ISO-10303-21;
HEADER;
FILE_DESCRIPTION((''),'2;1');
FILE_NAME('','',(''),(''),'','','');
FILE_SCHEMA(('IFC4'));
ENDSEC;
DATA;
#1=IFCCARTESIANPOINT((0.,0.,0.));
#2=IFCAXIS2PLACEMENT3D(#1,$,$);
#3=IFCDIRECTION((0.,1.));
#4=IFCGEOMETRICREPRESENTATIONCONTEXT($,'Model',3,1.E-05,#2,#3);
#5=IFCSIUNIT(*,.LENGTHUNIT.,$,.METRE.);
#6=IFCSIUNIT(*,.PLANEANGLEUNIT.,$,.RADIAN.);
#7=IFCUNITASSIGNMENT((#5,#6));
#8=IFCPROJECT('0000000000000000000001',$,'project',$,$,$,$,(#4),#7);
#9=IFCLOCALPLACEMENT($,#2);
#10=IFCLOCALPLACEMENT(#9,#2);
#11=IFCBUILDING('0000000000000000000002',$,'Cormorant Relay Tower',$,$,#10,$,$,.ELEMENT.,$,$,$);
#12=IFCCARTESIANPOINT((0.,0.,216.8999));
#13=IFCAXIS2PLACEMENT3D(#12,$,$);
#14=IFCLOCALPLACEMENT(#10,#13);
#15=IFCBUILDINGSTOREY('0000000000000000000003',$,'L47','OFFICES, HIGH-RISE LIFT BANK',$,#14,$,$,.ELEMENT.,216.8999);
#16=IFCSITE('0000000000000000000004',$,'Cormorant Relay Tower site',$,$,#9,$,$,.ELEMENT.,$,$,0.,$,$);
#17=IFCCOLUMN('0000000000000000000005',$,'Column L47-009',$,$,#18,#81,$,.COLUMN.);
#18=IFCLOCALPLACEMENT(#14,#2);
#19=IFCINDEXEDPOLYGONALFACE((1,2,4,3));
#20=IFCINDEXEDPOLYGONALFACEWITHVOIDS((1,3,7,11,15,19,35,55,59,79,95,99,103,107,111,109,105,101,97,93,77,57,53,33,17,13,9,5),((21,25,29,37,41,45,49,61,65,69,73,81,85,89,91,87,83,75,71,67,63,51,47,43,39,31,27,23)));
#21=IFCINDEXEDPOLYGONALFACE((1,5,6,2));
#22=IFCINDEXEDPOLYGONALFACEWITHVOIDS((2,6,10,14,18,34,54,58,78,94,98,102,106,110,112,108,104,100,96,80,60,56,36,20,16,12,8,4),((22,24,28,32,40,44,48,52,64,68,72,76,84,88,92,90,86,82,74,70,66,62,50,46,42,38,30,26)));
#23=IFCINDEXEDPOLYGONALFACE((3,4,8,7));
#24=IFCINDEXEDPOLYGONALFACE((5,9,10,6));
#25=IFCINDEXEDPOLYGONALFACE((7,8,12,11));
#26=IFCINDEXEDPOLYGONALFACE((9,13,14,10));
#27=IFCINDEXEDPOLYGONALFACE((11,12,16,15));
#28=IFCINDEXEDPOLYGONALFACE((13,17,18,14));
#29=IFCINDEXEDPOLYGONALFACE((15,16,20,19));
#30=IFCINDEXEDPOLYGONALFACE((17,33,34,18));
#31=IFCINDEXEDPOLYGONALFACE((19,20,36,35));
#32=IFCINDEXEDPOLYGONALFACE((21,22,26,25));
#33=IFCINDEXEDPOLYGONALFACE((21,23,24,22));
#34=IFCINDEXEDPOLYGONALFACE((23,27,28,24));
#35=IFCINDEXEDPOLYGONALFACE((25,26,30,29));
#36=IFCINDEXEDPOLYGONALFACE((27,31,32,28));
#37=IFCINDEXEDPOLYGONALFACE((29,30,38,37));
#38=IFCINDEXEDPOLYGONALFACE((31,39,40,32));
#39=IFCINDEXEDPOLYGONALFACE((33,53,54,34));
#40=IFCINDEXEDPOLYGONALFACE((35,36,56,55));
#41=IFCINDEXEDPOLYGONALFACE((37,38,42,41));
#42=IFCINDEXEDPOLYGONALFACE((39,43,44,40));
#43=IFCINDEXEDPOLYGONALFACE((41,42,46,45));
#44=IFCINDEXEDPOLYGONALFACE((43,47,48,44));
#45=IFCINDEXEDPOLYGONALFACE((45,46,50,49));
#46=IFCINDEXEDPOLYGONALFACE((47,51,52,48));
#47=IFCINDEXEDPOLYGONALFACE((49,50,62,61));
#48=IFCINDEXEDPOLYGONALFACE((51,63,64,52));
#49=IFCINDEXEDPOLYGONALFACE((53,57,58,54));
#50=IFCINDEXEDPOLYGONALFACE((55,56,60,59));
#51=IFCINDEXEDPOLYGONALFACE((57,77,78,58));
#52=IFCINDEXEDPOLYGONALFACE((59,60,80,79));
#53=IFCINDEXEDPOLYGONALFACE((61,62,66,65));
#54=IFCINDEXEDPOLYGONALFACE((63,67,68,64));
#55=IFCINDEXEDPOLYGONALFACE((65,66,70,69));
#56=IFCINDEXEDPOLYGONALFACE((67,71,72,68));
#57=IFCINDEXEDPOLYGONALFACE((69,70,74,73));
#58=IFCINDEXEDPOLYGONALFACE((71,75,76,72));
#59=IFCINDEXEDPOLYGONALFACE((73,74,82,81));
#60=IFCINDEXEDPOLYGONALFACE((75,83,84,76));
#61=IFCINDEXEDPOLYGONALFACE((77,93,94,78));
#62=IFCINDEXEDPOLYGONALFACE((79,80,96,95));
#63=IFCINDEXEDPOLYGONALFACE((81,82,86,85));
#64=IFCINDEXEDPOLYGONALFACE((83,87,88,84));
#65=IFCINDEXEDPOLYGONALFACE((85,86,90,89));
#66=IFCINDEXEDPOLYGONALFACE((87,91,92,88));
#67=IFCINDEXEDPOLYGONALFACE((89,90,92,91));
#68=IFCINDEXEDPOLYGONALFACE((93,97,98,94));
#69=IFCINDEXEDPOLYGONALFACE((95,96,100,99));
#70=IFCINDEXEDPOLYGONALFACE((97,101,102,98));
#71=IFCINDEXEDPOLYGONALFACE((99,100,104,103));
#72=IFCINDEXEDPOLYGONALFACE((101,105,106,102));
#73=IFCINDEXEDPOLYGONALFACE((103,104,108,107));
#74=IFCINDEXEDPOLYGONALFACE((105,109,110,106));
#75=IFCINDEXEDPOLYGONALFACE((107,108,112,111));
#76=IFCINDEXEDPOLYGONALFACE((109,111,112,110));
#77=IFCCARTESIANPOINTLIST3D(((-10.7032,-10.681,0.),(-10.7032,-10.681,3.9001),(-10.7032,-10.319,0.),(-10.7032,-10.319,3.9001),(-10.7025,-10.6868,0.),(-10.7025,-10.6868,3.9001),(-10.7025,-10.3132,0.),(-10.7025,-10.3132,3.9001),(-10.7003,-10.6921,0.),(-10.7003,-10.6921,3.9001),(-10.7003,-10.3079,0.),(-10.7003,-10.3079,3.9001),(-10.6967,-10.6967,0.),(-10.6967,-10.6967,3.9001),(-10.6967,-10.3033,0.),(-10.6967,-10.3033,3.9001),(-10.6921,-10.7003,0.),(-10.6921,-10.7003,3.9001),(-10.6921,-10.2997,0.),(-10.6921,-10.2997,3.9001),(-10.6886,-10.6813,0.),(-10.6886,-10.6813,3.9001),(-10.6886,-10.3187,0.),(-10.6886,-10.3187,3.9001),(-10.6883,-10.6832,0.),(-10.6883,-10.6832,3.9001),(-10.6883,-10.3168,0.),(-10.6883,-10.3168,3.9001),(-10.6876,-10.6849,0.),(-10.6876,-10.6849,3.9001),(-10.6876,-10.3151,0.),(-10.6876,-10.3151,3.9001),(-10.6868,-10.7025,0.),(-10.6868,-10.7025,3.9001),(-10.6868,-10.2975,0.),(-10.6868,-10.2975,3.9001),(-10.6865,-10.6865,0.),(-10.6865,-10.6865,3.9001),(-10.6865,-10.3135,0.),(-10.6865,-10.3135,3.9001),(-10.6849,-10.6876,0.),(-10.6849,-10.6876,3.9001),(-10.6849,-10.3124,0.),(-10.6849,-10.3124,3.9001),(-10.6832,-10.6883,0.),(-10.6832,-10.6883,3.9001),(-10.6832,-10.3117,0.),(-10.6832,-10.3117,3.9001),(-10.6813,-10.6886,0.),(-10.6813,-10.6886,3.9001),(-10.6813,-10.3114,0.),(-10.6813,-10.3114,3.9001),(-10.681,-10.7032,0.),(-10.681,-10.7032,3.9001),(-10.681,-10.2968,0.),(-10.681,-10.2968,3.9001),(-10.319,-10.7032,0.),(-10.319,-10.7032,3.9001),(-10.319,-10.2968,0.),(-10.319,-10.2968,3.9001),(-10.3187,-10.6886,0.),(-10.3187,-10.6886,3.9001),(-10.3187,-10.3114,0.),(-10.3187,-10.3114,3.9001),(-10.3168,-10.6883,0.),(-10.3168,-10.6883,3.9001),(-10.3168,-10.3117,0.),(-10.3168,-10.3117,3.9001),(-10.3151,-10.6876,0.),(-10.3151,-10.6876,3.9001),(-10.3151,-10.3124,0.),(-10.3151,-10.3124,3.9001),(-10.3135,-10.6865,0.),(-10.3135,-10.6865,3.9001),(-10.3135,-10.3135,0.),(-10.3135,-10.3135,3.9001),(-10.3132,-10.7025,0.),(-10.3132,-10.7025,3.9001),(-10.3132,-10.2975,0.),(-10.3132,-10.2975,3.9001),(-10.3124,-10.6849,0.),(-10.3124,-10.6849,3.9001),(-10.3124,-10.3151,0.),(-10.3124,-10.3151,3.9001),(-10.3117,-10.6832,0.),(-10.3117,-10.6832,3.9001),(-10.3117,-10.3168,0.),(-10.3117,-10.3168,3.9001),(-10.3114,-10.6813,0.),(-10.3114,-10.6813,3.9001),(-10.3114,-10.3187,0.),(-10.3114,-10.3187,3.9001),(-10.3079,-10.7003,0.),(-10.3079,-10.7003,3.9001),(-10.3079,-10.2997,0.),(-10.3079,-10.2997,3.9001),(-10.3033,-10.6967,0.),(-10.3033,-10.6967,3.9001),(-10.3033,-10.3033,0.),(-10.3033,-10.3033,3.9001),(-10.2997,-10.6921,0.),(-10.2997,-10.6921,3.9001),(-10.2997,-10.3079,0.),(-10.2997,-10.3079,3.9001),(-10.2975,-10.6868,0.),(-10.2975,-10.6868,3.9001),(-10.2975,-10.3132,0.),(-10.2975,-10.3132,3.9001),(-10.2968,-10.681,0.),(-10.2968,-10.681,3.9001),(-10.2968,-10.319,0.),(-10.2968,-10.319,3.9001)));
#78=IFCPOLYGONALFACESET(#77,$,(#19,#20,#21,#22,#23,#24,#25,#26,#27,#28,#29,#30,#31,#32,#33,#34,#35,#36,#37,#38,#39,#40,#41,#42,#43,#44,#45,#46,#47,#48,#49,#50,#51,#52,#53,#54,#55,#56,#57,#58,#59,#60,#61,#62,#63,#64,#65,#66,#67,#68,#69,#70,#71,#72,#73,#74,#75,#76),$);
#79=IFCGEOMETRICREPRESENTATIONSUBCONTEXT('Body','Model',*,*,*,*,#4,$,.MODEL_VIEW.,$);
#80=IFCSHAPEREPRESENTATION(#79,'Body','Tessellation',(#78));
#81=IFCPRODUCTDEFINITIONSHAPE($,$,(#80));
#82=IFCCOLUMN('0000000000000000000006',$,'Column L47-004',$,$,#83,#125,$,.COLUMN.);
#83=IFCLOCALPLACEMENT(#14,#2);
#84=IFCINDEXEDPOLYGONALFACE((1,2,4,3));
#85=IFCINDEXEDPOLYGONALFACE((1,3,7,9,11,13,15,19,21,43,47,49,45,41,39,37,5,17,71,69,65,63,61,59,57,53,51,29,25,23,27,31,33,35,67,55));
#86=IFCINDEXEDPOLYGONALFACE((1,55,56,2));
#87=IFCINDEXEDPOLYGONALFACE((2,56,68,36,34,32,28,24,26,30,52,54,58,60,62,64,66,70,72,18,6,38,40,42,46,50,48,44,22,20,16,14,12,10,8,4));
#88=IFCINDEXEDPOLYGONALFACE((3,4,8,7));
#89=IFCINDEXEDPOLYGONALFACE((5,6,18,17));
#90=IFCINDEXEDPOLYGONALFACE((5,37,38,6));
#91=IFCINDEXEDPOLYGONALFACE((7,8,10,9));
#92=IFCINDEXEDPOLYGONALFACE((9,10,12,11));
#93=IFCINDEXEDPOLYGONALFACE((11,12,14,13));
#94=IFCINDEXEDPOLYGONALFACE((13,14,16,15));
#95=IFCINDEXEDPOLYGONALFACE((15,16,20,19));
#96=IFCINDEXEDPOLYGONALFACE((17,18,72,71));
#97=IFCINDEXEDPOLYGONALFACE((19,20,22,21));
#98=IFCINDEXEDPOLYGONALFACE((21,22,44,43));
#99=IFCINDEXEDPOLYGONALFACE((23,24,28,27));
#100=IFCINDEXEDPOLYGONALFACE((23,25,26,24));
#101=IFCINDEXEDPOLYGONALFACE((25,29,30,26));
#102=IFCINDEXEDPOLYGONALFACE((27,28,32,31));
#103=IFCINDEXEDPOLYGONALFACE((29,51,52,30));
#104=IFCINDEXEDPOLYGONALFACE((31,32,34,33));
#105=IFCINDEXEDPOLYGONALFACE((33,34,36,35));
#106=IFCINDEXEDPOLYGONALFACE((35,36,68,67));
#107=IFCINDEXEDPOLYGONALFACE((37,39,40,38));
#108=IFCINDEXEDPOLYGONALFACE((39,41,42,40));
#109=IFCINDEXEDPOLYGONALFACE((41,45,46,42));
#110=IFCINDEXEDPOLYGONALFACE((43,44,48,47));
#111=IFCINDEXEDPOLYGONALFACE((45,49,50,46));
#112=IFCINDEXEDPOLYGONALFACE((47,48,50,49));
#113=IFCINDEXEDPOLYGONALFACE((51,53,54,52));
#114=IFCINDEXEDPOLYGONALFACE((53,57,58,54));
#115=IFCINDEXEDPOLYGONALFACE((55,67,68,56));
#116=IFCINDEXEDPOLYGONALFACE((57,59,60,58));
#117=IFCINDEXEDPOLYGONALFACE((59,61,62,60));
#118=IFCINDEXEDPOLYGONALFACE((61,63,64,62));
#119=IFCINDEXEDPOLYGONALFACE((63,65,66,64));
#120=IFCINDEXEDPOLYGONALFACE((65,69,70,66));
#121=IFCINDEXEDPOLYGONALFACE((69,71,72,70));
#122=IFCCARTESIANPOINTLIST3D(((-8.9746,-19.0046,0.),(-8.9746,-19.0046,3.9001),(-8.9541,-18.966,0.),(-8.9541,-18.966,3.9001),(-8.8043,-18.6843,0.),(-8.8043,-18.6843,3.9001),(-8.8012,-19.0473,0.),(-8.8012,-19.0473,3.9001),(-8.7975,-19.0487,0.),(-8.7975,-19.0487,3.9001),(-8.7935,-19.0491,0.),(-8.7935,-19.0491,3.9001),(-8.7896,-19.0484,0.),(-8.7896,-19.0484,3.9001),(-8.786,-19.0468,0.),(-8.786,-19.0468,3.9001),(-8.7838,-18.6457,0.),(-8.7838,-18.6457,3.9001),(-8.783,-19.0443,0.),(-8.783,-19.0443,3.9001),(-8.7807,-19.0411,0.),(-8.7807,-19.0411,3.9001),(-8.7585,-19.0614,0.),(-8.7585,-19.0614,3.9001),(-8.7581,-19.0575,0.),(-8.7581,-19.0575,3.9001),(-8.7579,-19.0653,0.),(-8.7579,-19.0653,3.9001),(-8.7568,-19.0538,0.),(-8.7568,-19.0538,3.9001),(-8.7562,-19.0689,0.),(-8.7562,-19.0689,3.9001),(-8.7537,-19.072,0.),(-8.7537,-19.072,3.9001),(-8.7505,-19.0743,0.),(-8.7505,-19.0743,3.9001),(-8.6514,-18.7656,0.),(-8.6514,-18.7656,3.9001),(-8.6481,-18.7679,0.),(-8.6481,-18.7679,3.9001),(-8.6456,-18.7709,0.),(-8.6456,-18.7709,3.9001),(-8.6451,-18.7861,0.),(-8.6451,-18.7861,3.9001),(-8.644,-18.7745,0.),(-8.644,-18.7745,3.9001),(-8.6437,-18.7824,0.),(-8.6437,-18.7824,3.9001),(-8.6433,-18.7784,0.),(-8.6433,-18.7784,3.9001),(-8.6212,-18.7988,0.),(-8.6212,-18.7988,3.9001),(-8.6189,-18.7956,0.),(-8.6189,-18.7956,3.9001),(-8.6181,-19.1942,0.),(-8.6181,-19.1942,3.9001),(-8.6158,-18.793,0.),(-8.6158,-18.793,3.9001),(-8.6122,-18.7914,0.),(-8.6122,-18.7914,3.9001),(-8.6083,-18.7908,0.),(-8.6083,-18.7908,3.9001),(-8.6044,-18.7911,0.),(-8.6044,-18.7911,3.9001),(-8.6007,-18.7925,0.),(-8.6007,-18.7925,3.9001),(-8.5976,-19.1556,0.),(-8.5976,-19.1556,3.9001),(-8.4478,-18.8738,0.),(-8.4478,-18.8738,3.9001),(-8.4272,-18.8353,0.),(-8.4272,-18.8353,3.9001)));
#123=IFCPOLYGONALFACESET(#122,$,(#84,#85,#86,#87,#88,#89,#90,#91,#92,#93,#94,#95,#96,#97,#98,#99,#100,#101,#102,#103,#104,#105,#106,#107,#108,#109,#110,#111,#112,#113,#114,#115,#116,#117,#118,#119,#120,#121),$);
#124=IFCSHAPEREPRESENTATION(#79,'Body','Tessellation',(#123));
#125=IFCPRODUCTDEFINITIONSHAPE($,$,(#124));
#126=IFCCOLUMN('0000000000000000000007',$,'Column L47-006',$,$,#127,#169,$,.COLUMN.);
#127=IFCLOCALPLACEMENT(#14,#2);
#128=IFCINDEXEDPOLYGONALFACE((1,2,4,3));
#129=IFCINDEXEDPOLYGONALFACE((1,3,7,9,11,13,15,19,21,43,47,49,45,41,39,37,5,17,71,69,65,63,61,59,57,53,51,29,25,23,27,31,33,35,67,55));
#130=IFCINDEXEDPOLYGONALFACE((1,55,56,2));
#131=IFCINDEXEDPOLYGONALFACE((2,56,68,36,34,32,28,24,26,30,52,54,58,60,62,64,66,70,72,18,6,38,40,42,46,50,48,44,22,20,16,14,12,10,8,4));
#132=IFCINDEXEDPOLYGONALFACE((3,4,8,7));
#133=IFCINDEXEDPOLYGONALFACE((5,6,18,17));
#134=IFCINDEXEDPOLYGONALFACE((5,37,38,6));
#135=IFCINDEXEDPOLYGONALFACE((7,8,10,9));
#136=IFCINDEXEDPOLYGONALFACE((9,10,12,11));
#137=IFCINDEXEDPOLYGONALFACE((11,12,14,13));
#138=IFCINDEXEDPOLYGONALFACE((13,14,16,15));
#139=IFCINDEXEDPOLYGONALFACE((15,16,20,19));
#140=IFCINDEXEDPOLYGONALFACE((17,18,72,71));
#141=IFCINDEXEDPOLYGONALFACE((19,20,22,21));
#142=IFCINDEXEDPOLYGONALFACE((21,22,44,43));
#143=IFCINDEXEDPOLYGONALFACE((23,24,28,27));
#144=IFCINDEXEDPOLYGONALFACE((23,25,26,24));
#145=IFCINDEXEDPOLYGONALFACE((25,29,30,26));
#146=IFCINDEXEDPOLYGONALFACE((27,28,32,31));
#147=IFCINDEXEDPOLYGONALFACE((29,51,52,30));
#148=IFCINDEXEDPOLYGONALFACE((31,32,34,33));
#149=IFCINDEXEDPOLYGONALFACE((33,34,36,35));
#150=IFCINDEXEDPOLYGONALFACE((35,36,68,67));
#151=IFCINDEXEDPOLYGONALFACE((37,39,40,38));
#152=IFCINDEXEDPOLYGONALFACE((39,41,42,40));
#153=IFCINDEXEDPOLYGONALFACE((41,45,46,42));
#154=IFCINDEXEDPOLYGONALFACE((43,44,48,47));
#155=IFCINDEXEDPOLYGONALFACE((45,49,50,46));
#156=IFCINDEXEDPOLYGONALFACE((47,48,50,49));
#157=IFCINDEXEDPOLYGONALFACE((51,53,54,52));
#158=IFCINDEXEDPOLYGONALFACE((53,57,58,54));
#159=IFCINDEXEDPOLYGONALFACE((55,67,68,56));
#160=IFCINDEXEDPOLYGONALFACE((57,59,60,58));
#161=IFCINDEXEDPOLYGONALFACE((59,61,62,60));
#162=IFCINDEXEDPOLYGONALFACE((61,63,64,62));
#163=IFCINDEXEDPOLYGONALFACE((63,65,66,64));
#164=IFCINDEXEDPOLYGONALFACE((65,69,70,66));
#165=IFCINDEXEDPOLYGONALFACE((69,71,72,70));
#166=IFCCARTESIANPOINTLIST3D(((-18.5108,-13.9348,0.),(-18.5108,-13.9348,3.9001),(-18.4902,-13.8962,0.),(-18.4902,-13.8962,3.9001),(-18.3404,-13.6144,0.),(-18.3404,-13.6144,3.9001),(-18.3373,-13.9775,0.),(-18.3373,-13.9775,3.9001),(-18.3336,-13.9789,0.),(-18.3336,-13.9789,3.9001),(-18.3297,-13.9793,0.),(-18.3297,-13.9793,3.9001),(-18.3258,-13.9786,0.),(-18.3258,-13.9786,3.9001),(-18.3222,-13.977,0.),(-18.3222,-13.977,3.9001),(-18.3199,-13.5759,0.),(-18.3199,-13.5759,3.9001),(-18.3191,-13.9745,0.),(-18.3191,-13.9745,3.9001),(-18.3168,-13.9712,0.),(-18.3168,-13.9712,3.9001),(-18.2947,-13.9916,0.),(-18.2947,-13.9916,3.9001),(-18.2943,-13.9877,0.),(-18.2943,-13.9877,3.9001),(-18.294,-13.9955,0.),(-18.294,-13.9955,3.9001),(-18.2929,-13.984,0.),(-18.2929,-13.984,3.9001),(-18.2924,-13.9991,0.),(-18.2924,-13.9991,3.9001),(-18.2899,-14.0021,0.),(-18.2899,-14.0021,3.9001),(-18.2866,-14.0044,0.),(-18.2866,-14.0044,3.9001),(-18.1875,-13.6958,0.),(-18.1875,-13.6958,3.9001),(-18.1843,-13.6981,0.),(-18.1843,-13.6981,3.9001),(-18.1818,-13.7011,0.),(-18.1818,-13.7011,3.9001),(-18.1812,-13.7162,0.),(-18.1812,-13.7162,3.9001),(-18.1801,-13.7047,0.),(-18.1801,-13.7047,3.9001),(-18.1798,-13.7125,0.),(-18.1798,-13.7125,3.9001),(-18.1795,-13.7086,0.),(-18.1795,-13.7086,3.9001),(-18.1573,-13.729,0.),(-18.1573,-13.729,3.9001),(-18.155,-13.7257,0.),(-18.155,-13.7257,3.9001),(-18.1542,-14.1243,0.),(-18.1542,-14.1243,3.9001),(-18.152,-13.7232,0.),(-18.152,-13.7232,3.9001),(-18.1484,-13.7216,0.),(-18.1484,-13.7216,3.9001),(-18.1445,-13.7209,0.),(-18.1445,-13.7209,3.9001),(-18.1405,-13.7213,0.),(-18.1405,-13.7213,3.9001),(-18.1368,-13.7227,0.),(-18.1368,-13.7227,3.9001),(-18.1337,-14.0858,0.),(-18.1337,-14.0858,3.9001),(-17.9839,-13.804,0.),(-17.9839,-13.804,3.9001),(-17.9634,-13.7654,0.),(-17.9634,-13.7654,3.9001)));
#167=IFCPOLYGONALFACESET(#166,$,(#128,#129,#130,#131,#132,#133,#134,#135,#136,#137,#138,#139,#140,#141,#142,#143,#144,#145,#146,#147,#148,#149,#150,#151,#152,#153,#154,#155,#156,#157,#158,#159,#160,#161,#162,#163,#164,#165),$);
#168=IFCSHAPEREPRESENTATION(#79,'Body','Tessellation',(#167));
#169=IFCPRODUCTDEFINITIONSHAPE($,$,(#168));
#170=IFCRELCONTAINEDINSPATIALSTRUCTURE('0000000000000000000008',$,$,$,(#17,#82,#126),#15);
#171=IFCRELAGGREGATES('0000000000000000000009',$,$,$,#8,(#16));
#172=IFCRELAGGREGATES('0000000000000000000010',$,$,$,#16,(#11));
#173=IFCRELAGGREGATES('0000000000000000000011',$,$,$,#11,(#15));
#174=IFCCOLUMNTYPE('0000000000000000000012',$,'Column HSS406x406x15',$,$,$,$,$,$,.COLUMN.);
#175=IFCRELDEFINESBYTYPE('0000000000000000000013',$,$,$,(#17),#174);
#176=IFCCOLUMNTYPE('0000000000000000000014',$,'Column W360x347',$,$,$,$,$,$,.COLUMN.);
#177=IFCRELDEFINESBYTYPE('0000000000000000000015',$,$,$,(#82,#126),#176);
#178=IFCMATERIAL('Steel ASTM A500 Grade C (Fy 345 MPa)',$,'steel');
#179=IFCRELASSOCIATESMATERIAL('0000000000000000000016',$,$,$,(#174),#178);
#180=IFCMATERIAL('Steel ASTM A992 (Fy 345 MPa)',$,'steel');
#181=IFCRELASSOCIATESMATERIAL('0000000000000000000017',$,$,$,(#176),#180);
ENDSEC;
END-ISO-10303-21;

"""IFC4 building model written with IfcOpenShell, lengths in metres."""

from ifc_helpers import new_model, si_unit, direction, frame, origin, origin_2d, place, context, subcontext, project, spatial, hollow_rectangle, i_section, extrude, material, material_profile, profile_set, type_object, element, save


model = new_model("IFC4")

# Units and contexts
model_context = context("Model", 3, precision=1e-05, world=origin(), true_north=direction((0.0, 1.0)))
body_context = subcontext(model_context, "Body", "Model", "MODEL_VIEW")
ifc_project = project(units=[si_unit("LENGTHUNIT", "METRE"), si_unit("PLANEANGLEUNIT", "RADIAN")], contexts=[model_context])

# Site, building, storey
site_placement = place(None, origin())
site = spatial("IfcSite", under=ifc_project, at=site_placement, Name="Cormorant Relay Tower site", CompositionType="ELEMENT", RefElevation=0.0)
building_placement = place(site_placement, origin())
building = spatial("IfcBuilding", under=site, at=building_placement, Name="Cormorant Relay Tower", CompositionType="ELEMENT")
storey_placement = place(building_placement, frame((0.0, 0.0, 216.8999)))
storey = spatial("IfcBuildingStorey", under=building, at=storey_placement, Name="L47", Description="OFFICES, HIGH-RISE LIFT BANK", CompositionType="ELEMENT", Elevation=216.8999)

# Columns
ifc_material_1 = material(Name="Steel ASTM A500 Grade C (Fy 345 MPa)", Category="steel")
ifc_material_profile_1 = material_profile(ifc_material_1, hollow_rectangle(XDim=0.4065, YDim=0.4065, WallThickness=0.0146, InnerFilletRadius=0.0073, OuterFilletRadius=0.0222, at=origin_2d()), Name="HSS406x406x15")
ifc_profile_set_1 = profile_set([ifc_material_profile_1], Name="Steel ASTM A500 Grade C (Fy 345 MPa)")
column_type_1 = type_object("IfcColumnType", Name="Column HSS406x406x15", PredefinedType="COLUMN", material=ifc_profile_set_1)
column_placement = place(storey_placement, frame((-10.5, -10.5, 0.0), z_axis=(0.0, 0.0, 1.0), x_axis=(1.0, 0.0, 0.0)))
element("IfcColumn", 1, at=column_placement, inside=storey, type_object=column_type_1, Name="Column L47-009", PredefinedType="COLUMN", context=body_context, shape_type="SweptSolid", body=[
    extrude(hollow_rectangle(XDim=0.4065, YDim=0.4065, WallThickness=0.0146, InnerFilletRadius=0.0073, OuterFilletRadius=0.0222, at=origin_2d()), origin(), (0.0, 0.0, 1.0), 3.9001),
])
ifc_material_2 = material(Name="Steel ASTM A992 (Fy 345 MPa)", Category="steel")
ifc_material_profile_2 = material_profile(ifc_material_2, i_section(OverallWidth=0.4038, OverallDepth=0.4065, WebThickness=0.0271, FlangeThickness=0.0437, FilletRadius=0.0151, at=origin_2d()), Name="W360x347")
ifc_profile_set_2 = profile_set([ifc_material_profile_2], Name="Steel ASTM A992 (Fy 345 MPa)")
column_type_2 = type_object("IfcColumnType", Name="Column W360x347", PredefinedType="COLUMN", material=ifc_profile_set_2)
for number, where, z_axis, x_axis, name in (
    (2, (-8.7009, -18.9199, 0.0), (0.0, 0.0, 1.0), (0.882948, -0.469472, 0.0), "Column L47-004"),
    (3, (-18.2371, -13.8501, 0.0), (0.0, 0.0, 1.0), (0.882948, -0.469472, 0.0), "Column L47-006"),
):
    element("IfcColumn", number, at=place(storey_placement, frame(where, z_axis=z_axis, x_axis=x_axis)), inside=storey, type_object=column_type_2, Name=name, PredefinedType="COLUMN", context=body_context, shape_type="SweptSolid", body=[
        extrude(i_section(OverallWidth=0.4038, OverallDepth=0.4065, WebThickness=0.0271, FlangeThickness=0.0437, FilletRadius=0.0151, at=origin_2d()), origin(), (0.0, 0.0, 1.0), 3.9001),
    ])

save(model, "model.ifc")
